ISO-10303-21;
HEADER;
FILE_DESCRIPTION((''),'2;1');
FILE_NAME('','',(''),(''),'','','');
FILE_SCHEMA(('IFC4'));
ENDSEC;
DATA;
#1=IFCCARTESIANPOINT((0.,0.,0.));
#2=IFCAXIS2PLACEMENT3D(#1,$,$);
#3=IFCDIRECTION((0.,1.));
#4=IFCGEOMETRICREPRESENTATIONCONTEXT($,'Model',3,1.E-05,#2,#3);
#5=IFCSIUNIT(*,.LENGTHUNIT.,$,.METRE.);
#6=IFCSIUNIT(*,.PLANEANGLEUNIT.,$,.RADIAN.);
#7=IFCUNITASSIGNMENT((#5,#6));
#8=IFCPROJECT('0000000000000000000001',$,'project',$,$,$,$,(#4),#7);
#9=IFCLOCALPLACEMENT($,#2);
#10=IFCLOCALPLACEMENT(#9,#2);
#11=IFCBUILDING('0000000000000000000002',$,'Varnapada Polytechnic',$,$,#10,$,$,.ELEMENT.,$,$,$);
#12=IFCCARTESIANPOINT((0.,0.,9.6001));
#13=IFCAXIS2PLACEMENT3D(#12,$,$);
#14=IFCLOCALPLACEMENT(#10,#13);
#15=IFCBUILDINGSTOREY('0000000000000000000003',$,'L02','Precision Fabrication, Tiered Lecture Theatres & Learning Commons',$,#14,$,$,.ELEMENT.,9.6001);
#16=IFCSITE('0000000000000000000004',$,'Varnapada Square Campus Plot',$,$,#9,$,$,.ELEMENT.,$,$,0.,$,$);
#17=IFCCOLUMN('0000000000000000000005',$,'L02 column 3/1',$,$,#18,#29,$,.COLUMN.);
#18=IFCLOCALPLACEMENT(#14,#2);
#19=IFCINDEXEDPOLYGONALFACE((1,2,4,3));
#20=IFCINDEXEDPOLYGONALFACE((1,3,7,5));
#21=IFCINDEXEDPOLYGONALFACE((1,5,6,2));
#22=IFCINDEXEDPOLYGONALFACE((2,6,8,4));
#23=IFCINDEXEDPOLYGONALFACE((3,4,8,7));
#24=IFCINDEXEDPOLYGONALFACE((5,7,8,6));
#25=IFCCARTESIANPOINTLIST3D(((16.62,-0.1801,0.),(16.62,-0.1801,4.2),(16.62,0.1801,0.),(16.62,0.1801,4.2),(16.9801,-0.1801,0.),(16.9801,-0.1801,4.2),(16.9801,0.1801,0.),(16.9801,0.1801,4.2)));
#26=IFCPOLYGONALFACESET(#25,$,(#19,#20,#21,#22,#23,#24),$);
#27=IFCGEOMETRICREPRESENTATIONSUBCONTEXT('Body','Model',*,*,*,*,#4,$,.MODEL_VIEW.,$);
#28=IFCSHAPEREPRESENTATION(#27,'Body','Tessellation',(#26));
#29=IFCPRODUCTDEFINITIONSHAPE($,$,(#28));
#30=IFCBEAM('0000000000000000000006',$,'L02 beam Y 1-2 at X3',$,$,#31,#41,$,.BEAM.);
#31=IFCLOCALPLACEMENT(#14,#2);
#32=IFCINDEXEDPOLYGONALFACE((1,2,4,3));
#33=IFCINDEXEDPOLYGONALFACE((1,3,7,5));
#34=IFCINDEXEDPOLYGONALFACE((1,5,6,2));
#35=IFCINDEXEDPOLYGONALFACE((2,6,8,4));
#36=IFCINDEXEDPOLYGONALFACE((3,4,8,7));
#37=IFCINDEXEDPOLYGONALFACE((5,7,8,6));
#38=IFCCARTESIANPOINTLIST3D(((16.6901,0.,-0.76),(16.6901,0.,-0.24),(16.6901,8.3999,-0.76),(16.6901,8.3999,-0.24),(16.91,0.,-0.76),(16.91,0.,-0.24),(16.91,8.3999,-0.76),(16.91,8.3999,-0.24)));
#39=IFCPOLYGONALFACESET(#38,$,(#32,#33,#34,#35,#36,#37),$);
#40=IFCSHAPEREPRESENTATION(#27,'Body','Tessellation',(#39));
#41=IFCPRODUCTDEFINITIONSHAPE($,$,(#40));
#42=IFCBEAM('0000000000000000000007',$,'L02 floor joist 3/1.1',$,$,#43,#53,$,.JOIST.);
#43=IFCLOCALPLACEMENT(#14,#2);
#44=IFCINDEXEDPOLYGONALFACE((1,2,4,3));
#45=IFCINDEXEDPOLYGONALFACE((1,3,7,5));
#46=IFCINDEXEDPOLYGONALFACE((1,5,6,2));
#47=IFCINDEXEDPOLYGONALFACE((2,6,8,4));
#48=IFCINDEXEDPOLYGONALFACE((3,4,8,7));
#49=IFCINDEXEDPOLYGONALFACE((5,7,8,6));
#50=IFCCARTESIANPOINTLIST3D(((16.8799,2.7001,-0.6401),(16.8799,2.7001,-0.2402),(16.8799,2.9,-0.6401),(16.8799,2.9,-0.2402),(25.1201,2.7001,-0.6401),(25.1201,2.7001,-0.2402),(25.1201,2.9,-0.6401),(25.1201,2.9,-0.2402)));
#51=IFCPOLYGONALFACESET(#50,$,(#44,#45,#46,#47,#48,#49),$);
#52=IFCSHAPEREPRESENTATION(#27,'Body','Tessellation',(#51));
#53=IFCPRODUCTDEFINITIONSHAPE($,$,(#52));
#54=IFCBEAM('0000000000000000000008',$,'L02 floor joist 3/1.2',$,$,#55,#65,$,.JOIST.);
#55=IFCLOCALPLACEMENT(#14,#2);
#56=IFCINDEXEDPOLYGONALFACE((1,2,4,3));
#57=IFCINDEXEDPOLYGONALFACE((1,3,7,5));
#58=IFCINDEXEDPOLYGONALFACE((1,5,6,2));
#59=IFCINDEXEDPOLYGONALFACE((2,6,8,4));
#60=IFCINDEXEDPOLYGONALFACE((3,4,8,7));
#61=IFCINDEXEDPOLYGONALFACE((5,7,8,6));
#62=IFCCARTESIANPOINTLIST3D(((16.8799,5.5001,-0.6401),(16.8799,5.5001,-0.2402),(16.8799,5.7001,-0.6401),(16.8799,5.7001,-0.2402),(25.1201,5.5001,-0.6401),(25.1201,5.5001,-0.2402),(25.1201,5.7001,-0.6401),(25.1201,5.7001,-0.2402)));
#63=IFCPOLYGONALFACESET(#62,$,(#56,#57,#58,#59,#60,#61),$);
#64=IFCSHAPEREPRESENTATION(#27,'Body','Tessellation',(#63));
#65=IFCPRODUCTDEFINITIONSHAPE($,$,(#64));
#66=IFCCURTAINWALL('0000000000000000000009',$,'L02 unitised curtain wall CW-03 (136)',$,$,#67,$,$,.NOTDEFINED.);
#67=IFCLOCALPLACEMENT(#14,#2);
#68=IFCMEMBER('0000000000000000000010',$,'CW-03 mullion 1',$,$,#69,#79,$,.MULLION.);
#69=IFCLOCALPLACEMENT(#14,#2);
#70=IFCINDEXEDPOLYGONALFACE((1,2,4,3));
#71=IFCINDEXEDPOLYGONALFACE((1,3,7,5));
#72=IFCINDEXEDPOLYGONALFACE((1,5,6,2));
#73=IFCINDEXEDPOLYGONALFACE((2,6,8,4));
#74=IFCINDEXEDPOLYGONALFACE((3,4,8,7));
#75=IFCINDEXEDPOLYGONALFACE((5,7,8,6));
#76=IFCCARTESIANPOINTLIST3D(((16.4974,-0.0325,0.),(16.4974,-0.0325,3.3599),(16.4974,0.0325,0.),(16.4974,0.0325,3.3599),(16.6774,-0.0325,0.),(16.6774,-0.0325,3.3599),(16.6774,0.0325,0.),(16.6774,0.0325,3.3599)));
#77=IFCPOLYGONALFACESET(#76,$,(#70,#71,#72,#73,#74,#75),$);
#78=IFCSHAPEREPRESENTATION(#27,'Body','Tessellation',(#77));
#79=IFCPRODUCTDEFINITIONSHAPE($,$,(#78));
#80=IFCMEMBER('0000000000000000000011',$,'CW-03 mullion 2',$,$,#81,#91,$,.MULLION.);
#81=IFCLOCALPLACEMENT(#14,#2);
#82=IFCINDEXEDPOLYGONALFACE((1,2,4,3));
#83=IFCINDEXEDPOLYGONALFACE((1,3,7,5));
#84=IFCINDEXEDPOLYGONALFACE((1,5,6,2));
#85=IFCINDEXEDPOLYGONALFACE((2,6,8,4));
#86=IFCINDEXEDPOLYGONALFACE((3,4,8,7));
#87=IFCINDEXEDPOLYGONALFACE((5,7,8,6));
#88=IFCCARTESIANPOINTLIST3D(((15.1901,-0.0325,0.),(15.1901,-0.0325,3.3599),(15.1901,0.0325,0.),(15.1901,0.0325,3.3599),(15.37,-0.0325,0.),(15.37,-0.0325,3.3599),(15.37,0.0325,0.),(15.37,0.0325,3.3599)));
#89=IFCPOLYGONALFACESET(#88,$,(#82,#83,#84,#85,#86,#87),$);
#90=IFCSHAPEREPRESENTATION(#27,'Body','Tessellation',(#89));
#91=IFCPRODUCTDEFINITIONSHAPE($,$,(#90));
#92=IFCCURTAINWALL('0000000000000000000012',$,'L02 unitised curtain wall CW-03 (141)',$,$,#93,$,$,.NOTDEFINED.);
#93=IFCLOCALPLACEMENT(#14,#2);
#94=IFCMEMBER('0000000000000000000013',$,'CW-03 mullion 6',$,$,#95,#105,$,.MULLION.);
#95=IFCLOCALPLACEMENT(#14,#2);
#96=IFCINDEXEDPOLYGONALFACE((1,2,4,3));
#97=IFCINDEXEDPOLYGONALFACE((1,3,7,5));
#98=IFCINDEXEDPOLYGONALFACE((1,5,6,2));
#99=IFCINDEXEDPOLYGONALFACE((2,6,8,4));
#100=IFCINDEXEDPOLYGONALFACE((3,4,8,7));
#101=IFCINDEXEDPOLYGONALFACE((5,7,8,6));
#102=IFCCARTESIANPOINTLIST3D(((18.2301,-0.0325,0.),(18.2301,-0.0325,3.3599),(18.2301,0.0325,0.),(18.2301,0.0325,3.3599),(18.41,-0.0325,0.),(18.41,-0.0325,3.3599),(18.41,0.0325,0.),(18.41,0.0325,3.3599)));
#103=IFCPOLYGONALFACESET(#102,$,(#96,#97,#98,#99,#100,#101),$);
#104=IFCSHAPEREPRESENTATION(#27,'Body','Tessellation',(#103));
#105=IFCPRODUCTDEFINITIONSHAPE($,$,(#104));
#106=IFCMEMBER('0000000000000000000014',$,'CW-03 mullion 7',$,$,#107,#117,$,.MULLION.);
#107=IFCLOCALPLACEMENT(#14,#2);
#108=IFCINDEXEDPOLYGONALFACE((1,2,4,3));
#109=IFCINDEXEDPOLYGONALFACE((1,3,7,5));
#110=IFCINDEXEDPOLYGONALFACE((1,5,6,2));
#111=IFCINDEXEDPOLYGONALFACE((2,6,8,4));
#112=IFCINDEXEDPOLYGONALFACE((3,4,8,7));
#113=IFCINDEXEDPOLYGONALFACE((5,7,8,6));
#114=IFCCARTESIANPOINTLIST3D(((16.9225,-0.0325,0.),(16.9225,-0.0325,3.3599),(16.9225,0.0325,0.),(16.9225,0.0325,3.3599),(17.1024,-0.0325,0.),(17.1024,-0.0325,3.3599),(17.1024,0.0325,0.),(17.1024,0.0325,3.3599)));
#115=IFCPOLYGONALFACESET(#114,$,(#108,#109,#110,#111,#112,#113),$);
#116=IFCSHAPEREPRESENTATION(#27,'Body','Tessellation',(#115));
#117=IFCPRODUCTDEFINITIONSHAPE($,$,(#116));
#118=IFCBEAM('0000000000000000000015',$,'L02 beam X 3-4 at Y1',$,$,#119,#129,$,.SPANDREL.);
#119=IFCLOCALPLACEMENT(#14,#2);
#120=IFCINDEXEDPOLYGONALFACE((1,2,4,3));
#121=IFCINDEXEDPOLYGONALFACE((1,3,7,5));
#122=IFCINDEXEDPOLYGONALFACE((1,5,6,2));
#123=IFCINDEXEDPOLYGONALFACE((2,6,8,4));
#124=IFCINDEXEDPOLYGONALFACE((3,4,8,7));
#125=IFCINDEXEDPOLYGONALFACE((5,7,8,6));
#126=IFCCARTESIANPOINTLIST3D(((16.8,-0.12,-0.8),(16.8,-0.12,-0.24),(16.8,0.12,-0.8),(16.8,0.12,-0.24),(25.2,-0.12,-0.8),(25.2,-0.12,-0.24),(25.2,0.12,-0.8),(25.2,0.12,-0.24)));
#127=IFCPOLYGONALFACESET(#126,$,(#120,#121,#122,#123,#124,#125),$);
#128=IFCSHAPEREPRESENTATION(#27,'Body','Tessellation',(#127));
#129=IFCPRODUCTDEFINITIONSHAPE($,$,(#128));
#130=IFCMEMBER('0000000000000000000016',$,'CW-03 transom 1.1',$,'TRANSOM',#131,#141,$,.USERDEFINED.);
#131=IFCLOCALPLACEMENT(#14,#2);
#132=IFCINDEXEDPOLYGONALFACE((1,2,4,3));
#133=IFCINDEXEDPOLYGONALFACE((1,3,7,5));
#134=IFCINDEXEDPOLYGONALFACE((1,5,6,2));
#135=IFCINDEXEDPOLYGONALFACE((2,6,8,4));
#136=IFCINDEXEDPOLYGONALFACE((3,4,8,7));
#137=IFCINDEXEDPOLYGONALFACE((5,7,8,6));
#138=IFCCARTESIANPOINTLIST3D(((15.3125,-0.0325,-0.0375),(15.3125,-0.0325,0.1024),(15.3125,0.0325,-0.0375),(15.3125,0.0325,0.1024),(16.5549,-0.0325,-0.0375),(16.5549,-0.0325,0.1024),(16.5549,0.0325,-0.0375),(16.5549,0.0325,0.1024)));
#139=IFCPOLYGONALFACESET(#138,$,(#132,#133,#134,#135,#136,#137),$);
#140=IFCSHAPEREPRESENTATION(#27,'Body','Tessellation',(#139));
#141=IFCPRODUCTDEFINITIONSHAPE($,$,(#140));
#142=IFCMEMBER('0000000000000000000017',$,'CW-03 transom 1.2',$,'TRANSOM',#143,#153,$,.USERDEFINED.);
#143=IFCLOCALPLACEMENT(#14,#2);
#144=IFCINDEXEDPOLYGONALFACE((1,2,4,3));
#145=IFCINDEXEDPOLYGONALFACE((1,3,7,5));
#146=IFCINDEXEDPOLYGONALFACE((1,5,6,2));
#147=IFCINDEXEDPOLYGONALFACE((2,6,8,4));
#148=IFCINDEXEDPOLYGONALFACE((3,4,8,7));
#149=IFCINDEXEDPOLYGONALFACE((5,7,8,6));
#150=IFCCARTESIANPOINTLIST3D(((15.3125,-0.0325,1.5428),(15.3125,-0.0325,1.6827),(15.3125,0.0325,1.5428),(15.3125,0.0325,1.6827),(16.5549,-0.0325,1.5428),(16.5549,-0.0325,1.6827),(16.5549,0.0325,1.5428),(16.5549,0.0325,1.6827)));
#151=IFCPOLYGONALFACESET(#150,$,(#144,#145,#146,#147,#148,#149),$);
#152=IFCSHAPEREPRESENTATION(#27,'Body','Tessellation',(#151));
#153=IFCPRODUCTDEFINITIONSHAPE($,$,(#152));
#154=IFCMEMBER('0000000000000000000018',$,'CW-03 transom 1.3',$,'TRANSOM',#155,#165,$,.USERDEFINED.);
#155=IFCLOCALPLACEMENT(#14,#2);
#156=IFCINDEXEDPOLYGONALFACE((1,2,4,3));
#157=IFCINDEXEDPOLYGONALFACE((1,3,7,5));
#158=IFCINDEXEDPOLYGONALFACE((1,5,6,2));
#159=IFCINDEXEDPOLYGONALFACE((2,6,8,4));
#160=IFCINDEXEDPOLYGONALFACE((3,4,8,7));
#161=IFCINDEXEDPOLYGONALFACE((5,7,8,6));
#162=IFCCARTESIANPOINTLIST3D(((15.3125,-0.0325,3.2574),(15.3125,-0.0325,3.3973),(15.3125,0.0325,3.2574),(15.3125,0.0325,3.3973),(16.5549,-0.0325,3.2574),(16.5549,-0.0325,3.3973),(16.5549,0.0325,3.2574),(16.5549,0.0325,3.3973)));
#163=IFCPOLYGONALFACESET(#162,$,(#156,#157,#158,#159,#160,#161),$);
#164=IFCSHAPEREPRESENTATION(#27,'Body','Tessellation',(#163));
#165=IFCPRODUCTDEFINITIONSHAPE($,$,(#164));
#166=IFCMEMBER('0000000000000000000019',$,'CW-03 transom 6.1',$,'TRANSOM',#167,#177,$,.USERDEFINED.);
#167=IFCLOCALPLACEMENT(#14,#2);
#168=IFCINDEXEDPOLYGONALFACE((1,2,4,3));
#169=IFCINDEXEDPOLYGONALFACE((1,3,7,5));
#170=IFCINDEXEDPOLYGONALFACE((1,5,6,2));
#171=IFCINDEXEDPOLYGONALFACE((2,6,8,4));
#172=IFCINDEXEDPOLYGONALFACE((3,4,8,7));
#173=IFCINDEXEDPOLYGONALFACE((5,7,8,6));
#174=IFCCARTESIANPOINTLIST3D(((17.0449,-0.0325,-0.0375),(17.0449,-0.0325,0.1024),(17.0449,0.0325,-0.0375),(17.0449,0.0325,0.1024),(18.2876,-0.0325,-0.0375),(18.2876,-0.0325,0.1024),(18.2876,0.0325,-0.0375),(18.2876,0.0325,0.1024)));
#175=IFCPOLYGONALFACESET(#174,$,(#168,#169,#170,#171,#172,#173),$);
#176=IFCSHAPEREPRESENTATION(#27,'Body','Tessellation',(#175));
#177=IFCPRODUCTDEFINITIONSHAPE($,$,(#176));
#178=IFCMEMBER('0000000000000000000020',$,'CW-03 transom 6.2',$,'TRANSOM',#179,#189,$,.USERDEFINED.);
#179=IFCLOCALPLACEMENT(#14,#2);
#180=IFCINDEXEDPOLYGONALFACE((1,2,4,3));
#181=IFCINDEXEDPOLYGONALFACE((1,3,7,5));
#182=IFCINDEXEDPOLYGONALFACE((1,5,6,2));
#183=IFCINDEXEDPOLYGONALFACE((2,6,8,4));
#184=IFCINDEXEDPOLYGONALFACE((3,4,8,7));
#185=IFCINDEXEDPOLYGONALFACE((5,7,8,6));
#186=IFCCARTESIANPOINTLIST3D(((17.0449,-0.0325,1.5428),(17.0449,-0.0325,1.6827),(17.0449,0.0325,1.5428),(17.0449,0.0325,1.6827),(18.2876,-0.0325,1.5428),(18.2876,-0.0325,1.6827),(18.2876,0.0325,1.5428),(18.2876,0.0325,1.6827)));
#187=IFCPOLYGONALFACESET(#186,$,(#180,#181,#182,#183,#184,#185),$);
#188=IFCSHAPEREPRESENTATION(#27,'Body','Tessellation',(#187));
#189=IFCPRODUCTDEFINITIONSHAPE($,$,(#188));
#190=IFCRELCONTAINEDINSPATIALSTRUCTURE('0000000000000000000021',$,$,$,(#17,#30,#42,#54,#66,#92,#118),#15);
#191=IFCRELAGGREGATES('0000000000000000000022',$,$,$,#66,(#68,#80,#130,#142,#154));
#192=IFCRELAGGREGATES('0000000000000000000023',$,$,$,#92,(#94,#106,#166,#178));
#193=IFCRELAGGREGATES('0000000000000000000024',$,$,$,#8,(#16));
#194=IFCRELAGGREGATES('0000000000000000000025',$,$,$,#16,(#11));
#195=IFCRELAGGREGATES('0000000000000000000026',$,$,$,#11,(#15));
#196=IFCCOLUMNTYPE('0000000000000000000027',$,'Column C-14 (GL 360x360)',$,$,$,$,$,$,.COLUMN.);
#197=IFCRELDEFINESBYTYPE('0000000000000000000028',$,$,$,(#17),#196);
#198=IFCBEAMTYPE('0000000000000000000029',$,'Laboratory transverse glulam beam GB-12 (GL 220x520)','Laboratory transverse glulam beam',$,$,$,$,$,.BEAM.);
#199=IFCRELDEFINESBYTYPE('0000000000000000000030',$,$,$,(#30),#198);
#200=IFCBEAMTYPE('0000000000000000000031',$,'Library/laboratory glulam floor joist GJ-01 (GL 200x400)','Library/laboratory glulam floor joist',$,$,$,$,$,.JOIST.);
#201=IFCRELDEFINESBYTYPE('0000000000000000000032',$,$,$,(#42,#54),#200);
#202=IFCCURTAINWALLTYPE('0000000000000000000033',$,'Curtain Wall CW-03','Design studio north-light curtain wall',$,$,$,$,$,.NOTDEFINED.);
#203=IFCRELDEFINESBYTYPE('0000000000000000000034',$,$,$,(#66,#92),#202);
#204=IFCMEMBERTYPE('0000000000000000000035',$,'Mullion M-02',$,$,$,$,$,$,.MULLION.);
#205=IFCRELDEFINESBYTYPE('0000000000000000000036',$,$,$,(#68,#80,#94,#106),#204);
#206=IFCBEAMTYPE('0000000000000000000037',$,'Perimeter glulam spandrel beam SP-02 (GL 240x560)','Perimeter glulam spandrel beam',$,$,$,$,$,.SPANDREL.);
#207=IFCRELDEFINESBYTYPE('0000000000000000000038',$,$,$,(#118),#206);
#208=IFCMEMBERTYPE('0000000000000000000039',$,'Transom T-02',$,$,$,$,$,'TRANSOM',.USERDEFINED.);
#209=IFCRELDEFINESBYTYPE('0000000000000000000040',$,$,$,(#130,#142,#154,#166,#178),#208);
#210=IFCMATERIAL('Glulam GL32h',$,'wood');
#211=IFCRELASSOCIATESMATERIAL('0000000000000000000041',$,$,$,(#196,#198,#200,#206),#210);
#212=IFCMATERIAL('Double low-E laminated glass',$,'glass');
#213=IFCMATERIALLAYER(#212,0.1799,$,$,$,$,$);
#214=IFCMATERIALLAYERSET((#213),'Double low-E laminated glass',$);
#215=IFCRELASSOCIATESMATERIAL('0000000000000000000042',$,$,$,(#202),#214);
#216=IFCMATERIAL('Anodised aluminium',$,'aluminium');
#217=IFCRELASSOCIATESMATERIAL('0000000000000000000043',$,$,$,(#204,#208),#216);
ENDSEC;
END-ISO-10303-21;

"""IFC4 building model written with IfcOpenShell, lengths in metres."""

from ifc_helpers import new_model, si_unit, direction, frame, origin, origin_2d, place, context, subcontext, project, spatial, rectangle, extrude, material, layer, layer_set, material_profile, profile_set, type_object, element, aggregate, save


model = new_model("IFC4")

# Units and contexts
model_context = context("Model", 3, precision=1e-05, world=origin(), true_north=direction((0.0, 1.0)))
body_context = subcontext(model_context, "Body", "Model", "MODEL_VIEW")
ifc_project = project(units=[si_unit("LENGTHUNIT", "METRE"), si_unit("PLANEANGLEUNIT", "RADIAN")], contexts=[model_context])

# Site, building, storey
site_placement = place(None, origin())
site = spatial("IfcSite", under=ifc_project, at=site_placement, Name="Varnapada Square Campus Plot", CompositionType="ELEMENT", RefElevation=0.0)
building_placement = place(site_placement, origin())
building = spatial("IfcBuilding", under=site, at=building_placement, Name="Varnapada Polytechnic", CompositionType="ELEMENT")
storey_placement = place(building_placement, frame((0.0, 0.0, 9.6001)))
storey = spatial("IfcBuildingStorey", under=building, at=storey_placement, Name="L02", Description="Precision Fabrication, Tiered Lecture Theatres & Learning Commons", CompositionType="ELEMENT", Elevation=9.6001)

# Column
ifc_material_1 = material(Name="Glulam GL32h", Category="wood")
ifc_material_profile_1 = material_profile(ifc_material_1, rectangle(XDim=0.3601, YDim=0.3601, at=origin_2d()), Name="GL 360x360")
ifc_profile_set_1 = profile_set([ifc_material_profile_1], Name="Glulam GL32h")
column_type = type_object("IfcColumnType", Name="Column C-14 (GL 360x360)", PredefinedType="COLUMN", material=ifc_profile_set_1)
column_placement = place(storey_placement, frame((16.8, 0.0, 0.0), z_axis=(0.0, 0.0, 1.0), x_axis=(1.0, 0.0, 0.0)))
element("IfcColumn", 1, at=column_placement, inside=storey, type_object=column_type, Name="L02 column 3/1", PredefinedType="COLUMN", context=body_context, shape_type="SweptSolid", body=[
    extrude(rectangle(XDim=0.3601, YDim=0.3601, at=origin_2d()), origin(), (0.0, 0.0, 1.0), 4.2),
])

# Beams
ifc_material_profile_2 = material_profile(ifc_material_1, rectangle(XDim=0.22, YDim=0.52, at=origin_2d()), Name="GL 220x520")
ifc_profile_set_2 = profile_set([ifc_material_profile_2], Name="Glulam GL32h")
beam_type_1 = type_object("IfcBeamType", Name="Laboratory transverse glulam beam GB-12 (GL 220x520)", Description="Laboratory transverse glulam beam", PredefinedType="BEAM", material=ifc_profile_set_2)
beam_1_placement = place(storey_placement, frame((16.8, 0.0, -0.5), z_axis=(0.0, 1.0, 0.0), x_axis=(-1.0, 0.0, 0.0)))
element("IfcBeam", 2, at=beam_1_placement, inside=storey, type_object=beam_type_1, Name="L02 beam Y 1-2 at X3", PredefinedType="BEAM", context=body_context, shape_type="SweptSolid", body=[
    extrude(rectangle(XDim=0.22, YDim=0.52, at=origin_2d()), origin(), (0.0, 0.0, 1.0), 8.3999),
])
ifc_material_profile_3 = material_profile(ifc_material_1, rectangle(XDim=0.2, YDim=0.3999, at=origin_2d()), Name="GL 200x400")
ifc_profile_set_3 = profile_set([ifc_material_profile_3], Name="Glulam GL32h")
beam_type_2 = type_object("IfcBeamType", Name="Library/laboratory glulam floor joist GJ-01 (GL 200x400)", Description="Library/laboratory glulam floor joist", PredefinedType="JOIST", material=ifc_profile_set_3)
for number, where, z_axis, x_axis, name in (
    (3, (16.8799, 2.8, -0.4402), (1.0, 0.0, 0.0), (0.0, 1.0, 0.0), "L02 floor joist 3/1.1"),
    (4, (16.8799, 5.6001, -0.4402), (1.0, 0.0, 0.0), (0.0, 1.0, 0.0), "L02 floor joist 3/1.2"),
):
    element("IfcBeam", number, at=place(storey_placement, frame(where, z_axis=z_axis, x_axis=x_axis)), inside=storey, type_object=beam_type_2, Name=name, PredefinedType="JOIST", context=body_context, shape_type="SweptSolid", body=[
        extrude(rectangle(XDim=0.2, YDim=0.3999, at=origin_2d()), origin(), (0.0, 0.0, 1.0), 8.2402),
    ])

# Curtain walls, members
ifc_material_2 = material(Name="Double low-E laminated glass", Category="glass")
ifc_layer_1 = layer(ifc_material_2, 0.1799)
ifc_layer_set_1 = layer_set([ifc_layer_1], Name="Double low-E laminated glass")
curtain_wall_type = type_object("IfcCurtainWallType", Name="Curtain Wall CW-03", Description="Design studio north-light curtain wall", PredefinedType="NOTDEFINED", material=ifc_layer_set_1)
curtain_wall_1_placement = place(storey_placement, origin())
curtain_wall_1 = element("IfcCurtainWall", 5, at=curtain_wall_1_placement, inside=storey, type_object=curtain_wall_type, Name="L02 unitised curtain wall CW-03 (136)", PredefinedType="NOTDEFINED")
ifc_material_3 = material(Name="Anodised aluminium", Category="aluminium")
ifc_material_profile_4 = material_profile(ifc_material_3, rectangle(XDim=0.0649, YDim=0.1799, at=origin_2d()), Name="ALU M65x180")
ifc_profile_set_4 = profile_set([ifc_material_profile_4], Name="Anodised aluminium")
member_type_1 = type_object("IfcMemberType", Name="Mullion M-02", PredefinedType="MULLION", material=ifc_profile_set_4)
member_1_placement = place(storey_placement, frame((16.5874, 0.0, 0.0), z_axis=(0.0, 0.0, 1.0), x_axis=(0.0, -1.0, 0.0)))
member_1 = element("IfcMember", 6, at=member_1_placement, type_object=member_type_1, Name="CW-03 mullion 1", PredefinedType="MULLION", context=body_context, shape_type="SweptSolid", body=[
    extrude(rectangle(XDim=0.0649, YDim=0.1799, at=origin_2d()), origin(), (0.0, 0.0, 1.0), 3.3599),
])
member_2_placement = place(storey_placement, frame((15.28, 0.0, 0.0), z_axis=(0.0, 0.0, 1.0), x_axis=(0.0, -1.0, 0.0)))
member_2 = element("IfcMember", 7, at=member_2_placement, type_object=member_type_1, Name="CW-03 mullion 2", PredefinedType="MULLION", context=body_context, shape_type="SweptSolid", body=[
    extrude(rectangle(XDim=0.0649, YDim=0.1799, at=origin_2d()), origin(), (0.0, 0.0, 1.0), 3.3599),
])
curtain_wall_2_placement = place(storey_placement, origin())
curtain_wall_2 = element("IfcCurtainWall", 8, at=curtain_wall_2_placement, inside=storey, type_object=curtain_wall_type, Name="L02 unitised curtain wall CW-03 (141)", PredefinedType="NOTDEFINED")
member_3_placement = place(storey_placement, frame((18.3201, 0.0, 0.0), z_axis=(0.0, 0.0, 1.0), x_axis=(0.0, -1.0, 0.0)))
member_3 = element("IfcMember", 9, at=member_3_placement, type_object=member_type_1, Name="CW-03 mullion 6", PredefinedType="MULLION", context=body_context, shape_type="SweptSolid", body=[
    extrude(rectangle(XDim=0.0649, YDim=0.1799, at=origin_2d()), origin(), (0.0, 0.0, 1.0), 3.3599),
])
member_4_placement = place(storey_placement, frame((17.0125, 0.0, 0.0), z_axis=(0.0, 0.0, 1.0), x_axis=(0.0, -1.0, 0.0)))
member_4 = element("IfcMember", 10, at=member_4_placement, type_object=member_type_1, Name="CW-03 mullion 7", PredefinedType="MULLION", context=body_context, shape_type="SweptSolid", body=[
    extrude(rectangle(XDim=0.0649, YDim=0.1799, at=origin_2d()), origin(), (0.0, 0.0, 1.0), 3.3599),
])

# Beam
ifc_material_profile_5 = material_profile(ifc_material_1, rectangle(XDim=0.24, YDim=0.5601, at=origin_2d()), Name="GL 240x560")
ifc_profile_set_5 = profile_set([ifc_material_profile_5], Name="Glulam GL32h")
beam_type_3 = type_object("IfcBeamType", Name="Perimeter glulam spandrel beam SP-02 (GL 240x560)", Description="Perimeter glulam spandrel beam", PredefinedType="SPANDREL", material=ifc_profile_set_5)
beam_2_placement = place(storey_placement, frame((16.8, 0.0, -0.52), z_axis=(1.0, 0.0, 0.0), x_axis=(0.0, 1.0, 0.0)))
element("IfcBeam", 11, at=beam_2_placement, inside=storey, type_object=beam_type_3, Name="L02 beam X 3-4 at Y1", PredefinedType="SPANDREL", context=body_context, shape_type="SweptSolid", body=[
    extrude(rectangle(XDim=0.24, YDim=0.5601, at=origin_2d()), origin(), (0.0, 0.0, 1.0), 8.3999),
])

# Members
ifc_material_profile_6 = material_profile(ifc_material_3, rectangle(XDim=0.0649, YDim=0.1399, at=origin_2d()), Name="ALU T65x140")
ifc_profile_set_6 = profile_set([ifc_material_profile_6], Name="Anodised aluminium")
member_type_2 = type_object("IfcMemberType", Name="Transom T-02", ElementType="TRANSOM", PredefinedType="USERDEFINED", material=ifc_profile_set_6)
member_5_placement = place(storey_placement, frame((16.5549, 0.0, 0.0325), z_axis=(-1.0, 0.0, 0.0), x_axis=(0.0, -1.0, 0.0)))
member_5 = element("IfcMember", 12, at=member_5_placement, type_object=member_type_2, Name="CW-03 transom 1.1", ObjectType="TRANSOM", PredefinedType="USERDEFINED", context=body_context, shape_type="SweptSolid", body=[
    extrude(rectangle(XDim=0.0649, YDim=0.1399, at=origin_2d()), origin(), (0.0, 0.0, 1.0), 1.2424),
])
member_6_placement = place(storey_placement, frame((16.5549, 0.0, 1.6128), z_axis=(-1.0, 0.0, 0.0), x_axis=(0.0, -1.0, 0.0)))
member_6 = element("IfcMember", 13, at=member_6_placement, type_object=member_type_2, Name="CW-03 transom 1.2", ObjectType="TRANSOM", PredefinedType="USERDEFINED", context=body_context, shape_type="SweptSolid", body=[
    extrude(rectangle(XDim=0.0649, YDim=0.1399, at=origin_2d()), origin(), (0.0, 0.0, 1.0), 1.2424),
])
member_7_placement = place(storey_placement, frame((16.5549, 0.0, 3.3274), z_axis=(-1.0, 0.0, 0.0), x_axis=(0.0, -1.0, 0.0)))
member_7 = element("IfcMember", 14, at=member_7_placement, type_object=member_type_2, Name="CW-03 transom 1.3", ObjectType="TRANSOM", PredefinedType="USERDEFINED", context=body_context, shape_type="SweptSolid", body=[
    extrude(rectangle(XDim=0.0649, YDim=0.1399, at=origin_2d()), origin(), (0.0, 0.0, 1.0), 1.2424),
])
member_8_placement = place(storey_placement, frame((18.2876, 0.0, 0.0325), z_axis=(-1.0, 0.0, 0.0), x_axis=(0.0, -1.0, 0.0)))
member_8 = element("IfcMember", 15, at=member_8_placement, type_object=member_type_2, Name="CW-03 transom 6.1", ObjectType="TRANSOM", PredefinedType="USERDEFINED", context=body_context, shape_type="SweptSolid", body=[
    extrude(rectangle(XDim=0.0649, YDim=0.1399, at=origin_2d()), origin(), (0.0, 0.0, 1.0), 1.2427),
])
member_9_placement = place(storey_placement, frame((18.2876, 0.0, 1.6128), z_axis=(-1.0, 0.0, 0.0), x_axis=(0.0, -1.0, 0.0)))
member_9 = element("IfcMember", 16, at=member_9_placement, type_object=member_type_2, Name="CW-03 transom 6.2", ObjectType="TRANSOM", PredefinedType="USERDEFINED", context=body_context, shape_type="SweptSolid", body=[
    extrude(rectangle(XDim=0.0649, YDim=0.1399, at=origin_2d()), origin(), (0.0, 0.0, 1.0), 1.2427),
])

aggregate(curtain_wall_1, [member_1, member_2, member_5, member_6, member_7])
aggregate(curtain_wall_2, [member_3, member_4, member_8, member_9])

save(model, "model.ifc")
